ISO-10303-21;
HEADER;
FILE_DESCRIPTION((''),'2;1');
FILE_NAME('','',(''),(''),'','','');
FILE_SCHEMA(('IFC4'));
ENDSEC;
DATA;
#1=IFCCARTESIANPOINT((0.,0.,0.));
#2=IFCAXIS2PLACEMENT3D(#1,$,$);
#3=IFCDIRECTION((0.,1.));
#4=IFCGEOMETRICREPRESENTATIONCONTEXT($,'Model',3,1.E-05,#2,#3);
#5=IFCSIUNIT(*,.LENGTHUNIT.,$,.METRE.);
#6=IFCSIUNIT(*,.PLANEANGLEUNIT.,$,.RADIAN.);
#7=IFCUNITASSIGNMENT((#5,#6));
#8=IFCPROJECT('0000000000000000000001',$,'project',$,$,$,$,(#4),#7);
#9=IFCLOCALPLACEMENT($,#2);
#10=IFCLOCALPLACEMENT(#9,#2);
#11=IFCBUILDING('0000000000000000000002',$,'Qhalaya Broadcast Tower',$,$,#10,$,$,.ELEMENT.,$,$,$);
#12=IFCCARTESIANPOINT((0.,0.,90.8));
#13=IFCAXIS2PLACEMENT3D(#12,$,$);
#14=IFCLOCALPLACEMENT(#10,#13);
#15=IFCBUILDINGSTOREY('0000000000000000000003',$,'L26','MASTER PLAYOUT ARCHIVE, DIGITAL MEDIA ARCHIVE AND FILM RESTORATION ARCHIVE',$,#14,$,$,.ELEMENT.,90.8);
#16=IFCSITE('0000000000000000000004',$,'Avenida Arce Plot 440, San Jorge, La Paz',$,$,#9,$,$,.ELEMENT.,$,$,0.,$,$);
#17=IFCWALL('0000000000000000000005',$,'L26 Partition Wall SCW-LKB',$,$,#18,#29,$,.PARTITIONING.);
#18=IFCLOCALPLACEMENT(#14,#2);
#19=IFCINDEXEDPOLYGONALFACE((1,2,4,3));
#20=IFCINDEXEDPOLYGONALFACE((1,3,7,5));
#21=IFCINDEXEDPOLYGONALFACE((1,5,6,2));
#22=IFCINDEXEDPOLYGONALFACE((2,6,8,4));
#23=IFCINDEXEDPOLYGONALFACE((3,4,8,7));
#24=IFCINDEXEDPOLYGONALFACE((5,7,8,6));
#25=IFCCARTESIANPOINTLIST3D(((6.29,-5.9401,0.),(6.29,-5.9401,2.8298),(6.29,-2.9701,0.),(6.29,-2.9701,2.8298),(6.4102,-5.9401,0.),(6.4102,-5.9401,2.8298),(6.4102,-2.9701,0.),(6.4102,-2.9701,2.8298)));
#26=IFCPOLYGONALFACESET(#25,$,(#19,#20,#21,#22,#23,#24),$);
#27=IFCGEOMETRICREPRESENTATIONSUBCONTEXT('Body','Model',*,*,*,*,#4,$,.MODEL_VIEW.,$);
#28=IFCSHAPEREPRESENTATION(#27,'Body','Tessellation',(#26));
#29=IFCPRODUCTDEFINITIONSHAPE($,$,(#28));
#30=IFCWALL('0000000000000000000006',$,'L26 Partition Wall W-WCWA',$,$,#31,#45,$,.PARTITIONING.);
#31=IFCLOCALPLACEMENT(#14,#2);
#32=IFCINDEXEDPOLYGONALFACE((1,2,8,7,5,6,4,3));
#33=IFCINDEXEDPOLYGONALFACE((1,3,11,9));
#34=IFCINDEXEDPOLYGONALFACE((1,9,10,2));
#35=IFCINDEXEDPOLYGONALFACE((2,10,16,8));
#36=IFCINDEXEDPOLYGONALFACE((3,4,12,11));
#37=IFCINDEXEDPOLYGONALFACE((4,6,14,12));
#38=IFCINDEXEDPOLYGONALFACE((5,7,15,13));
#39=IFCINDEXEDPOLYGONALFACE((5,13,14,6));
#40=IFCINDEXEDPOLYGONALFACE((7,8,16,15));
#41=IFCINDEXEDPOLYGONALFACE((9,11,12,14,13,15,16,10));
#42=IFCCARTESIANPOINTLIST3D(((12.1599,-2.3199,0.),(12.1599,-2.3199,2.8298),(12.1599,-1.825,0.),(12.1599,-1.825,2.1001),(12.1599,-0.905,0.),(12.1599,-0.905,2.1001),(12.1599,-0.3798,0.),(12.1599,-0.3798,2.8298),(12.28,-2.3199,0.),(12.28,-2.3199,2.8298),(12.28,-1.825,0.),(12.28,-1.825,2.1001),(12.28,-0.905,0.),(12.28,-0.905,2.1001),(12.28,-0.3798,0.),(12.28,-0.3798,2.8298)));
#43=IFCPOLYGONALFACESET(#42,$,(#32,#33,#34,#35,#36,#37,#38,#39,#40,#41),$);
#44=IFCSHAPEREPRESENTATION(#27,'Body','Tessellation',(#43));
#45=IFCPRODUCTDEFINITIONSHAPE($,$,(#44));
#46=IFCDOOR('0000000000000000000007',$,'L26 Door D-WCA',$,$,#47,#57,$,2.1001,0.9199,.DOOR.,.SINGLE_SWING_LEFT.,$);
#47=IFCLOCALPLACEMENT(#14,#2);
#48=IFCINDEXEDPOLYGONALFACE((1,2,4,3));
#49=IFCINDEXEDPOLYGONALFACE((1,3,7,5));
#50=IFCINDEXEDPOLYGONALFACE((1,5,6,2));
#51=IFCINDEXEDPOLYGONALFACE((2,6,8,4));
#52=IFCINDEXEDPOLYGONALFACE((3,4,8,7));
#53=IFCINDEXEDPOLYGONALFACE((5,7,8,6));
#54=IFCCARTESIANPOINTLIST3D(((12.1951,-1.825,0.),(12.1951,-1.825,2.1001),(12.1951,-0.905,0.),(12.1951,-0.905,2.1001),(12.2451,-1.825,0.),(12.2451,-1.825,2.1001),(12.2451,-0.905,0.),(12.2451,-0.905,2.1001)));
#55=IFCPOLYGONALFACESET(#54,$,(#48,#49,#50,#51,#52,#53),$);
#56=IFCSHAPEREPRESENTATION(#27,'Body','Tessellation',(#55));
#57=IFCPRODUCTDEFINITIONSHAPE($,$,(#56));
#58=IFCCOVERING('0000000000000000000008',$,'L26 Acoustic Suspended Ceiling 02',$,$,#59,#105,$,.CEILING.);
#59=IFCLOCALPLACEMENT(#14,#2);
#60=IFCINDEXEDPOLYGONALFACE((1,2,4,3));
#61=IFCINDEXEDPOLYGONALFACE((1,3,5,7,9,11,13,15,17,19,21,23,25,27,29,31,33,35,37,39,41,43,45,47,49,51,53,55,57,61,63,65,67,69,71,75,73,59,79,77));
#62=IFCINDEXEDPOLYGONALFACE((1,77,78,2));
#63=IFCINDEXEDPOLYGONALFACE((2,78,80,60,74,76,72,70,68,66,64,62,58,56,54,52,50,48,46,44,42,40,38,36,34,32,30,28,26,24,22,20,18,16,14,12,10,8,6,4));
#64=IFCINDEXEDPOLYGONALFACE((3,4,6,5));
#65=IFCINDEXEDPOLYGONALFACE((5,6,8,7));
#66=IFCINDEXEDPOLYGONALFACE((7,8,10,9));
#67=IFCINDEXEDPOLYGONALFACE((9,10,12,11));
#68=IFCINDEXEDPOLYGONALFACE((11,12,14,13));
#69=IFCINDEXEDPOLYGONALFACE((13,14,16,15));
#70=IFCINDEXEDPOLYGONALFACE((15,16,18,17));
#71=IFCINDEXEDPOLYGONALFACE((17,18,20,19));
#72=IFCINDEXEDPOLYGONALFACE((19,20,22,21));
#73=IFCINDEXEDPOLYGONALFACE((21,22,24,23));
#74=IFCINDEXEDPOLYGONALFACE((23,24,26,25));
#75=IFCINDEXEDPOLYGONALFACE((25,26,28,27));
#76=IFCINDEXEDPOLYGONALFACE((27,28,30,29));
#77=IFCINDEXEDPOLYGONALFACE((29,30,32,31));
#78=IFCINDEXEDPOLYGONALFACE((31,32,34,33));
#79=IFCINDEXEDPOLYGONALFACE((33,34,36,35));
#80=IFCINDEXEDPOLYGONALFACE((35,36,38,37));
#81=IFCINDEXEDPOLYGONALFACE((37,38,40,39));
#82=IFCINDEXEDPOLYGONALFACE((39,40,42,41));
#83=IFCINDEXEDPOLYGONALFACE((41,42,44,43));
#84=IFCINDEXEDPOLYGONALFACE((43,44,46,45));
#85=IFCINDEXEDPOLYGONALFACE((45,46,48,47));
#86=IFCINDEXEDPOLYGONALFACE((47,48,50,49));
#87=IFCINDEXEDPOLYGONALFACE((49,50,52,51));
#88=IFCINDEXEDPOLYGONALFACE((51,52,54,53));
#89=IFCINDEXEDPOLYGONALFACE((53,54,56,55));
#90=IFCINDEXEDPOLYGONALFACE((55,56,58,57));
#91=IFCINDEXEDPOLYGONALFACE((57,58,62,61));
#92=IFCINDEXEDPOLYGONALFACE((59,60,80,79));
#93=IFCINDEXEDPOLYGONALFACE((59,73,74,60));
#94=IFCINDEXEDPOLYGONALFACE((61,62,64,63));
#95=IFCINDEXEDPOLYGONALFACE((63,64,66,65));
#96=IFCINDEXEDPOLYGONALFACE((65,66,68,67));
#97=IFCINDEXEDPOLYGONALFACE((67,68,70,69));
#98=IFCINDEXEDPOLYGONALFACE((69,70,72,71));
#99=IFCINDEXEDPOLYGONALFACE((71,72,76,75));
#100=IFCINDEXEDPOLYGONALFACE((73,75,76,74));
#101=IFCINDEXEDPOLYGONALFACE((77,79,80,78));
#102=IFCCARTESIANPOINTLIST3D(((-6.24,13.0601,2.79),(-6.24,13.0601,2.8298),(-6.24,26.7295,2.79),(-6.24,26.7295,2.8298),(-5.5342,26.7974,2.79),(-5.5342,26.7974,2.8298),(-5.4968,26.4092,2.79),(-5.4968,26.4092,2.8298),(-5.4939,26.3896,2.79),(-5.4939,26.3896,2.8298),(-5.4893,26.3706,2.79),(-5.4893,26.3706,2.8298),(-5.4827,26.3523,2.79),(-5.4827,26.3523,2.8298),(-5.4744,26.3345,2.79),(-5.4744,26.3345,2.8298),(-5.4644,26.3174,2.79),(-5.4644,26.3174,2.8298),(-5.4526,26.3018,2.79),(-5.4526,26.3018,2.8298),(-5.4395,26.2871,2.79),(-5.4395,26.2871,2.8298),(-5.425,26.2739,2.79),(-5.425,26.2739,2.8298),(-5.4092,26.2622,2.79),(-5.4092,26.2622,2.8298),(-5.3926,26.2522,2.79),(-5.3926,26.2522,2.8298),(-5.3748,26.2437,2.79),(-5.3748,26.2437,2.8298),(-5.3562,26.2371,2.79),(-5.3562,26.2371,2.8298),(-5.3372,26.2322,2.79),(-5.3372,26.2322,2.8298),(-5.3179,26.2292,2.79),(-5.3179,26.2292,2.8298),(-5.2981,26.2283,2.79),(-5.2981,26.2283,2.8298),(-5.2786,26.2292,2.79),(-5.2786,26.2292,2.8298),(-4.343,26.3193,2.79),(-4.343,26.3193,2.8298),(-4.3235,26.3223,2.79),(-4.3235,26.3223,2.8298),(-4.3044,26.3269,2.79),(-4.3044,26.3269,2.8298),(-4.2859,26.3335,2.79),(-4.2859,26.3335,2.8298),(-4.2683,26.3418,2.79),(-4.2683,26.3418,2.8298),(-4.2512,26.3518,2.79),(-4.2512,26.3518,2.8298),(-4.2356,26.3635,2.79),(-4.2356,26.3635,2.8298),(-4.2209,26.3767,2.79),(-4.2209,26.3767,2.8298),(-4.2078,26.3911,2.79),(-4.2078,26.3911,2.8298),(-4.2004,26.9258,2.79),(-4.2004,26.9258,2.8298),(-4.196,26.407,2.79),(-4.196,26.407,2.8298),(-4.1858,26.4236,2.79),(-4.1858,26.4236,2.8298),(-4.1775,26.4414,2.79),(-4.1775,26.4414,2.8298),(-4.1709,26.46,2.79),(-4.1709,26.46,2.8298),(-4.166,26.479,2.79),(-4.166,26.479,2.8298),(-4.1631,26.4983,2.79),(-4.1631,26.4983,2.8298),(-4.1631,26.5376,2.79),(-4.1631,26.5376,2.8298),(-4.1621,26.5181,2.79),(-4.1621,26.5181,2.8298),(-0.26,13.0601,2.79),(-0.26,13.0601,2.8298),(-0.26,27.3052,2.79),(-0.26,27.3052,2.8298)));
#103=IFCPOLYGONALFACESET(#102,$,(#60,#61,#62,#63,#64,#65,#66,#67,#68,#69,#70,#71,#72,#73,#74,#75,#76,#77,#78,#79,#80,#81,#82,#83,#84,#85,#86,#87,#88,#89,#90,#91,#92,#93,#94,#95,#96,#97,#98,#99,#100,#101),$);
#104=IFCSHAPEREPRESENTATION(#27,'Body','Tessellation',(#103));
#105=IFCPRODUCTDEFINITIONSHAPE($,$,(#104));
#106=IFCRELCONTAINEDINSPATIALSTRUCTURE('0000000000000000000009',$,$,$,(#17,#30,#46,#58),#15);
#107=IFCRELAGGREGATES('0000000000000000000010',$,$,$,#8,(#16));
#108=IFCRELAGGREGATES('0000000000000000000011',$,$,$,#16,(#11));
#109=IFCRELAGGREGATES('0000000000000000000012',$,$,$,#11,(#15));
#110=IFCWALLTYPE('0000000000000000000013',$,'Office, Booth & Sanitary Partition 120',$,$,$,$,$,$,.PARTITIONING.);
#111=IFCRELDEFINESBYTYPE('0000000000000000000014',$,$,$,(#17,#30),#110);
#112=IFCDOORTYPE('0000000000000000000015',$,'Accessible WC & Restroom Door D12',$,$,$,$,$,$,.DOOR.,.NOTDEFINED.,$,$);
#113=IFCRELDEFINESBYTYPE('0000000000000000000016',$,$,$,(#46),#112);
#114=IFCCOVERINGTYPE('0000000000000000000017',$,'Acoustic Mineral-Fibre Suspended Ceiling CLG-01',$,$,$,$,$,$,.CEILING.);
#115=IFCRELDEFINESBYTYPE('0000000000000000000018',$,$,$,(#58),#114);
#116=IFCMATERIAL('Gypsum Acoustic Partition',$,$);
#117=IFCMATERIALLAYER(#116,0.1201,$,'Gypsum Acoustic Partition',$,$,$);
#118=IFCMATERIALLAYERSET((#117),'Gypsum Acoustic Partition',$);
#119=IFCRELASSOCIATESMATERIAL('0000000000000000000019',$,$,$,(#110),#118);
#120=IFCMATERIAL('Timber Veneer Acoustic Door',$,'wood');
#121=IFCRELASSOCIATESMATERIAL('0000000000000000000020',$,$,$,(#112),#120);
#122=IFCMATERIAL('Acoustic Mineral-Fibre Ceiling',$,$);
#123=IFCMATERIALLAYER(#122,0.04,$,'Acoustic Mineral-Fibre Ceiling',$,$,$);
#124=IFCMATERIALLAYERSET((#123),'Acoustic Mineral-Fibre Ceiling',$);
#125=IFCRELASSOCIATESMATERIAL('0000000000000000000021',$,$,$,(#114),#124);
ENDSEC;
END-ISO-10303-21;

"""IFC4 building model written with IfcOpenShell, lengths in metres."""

from ifc_helpers import new_model, si_unit, direction, frame, frame_2d, origin, place, context, subcontext, project, spatial, polyline, rectangle, outline, extrude, material, layer, layer_set, type_object, element, fill, save


model = new_model("IFC4")

# Units and contexts
model_context = context("Model", 3, precision=1e-05, world=origin(), true_north=direction((0.0, 1.0)))
body_context = subcontext(model_context, "Body", "Model", "MODEL_VIEW")
ifc_project = project(units=[si_unit("LENGTHUNIT", "METRE"), si_unit("PLANEANGLEUNIT", "RADIAN")], contexts=[model_context])

# Site, building, storey
site_placement = place(None, origin())
site = spatial("IfcSite", under=ifc_project, at=site_placement, Name="Avenida Arce Plot 440, San Jorge, La Paz", CompositionType="ELEMENT", RefElevation=0.0)
building_placement = place(site_placement, origin())
building = spatial("IfcBuilding", under=site, at=building_placement, Name="Qhalaya Broadcast Tower", CompositionType="ELEMENT")
storey_placement = place(building_placement, frame((0.0, 0.0, 90.8)))
storey = spatial("IfcBuildingStorey", under=building, at=storey_placement, Name="L26", Description="MASTER PLAYOUT ARCHIVE, DIGITAL MEDIA ARCHIVE AND FILM RESTORATION ARCHIVE", CompositionType="ELEMENT", Elevation=90.8)

# Shared definitions
ifc_material_1 = material(Name="Gypsum Acoustic Partition")
ifc_material_2 = material(Name="Timber Veneer Acoustic Door", Category="wood")

# Wall
ifc_layer_1 = layer(ifc_material_1, 0.1201, Name="Gypsum Acoustic Partition")
ifc_layer_set_1 = layer_set([ifc_layer_1], Name="Gypsum Acoustic Partition")
wall_type_1 = type_object("IfcWallType", Name="Office, Booth & Sanitary Partition 120", PredefinedType="PARTITIONING", material=ifc_layer_set_1)
wall_1_placement = place(storey_placement, frame((6.3501, -5.9399, 0.0), z_axis=(0.0, 0.0, 1.0), x_axis=(0.0, 1.0, 0.0)))
element("IfcWall", 1, at=wall_1_placement, inside=storey, type_object=wall_type_1, Name="L26 Partition Wall SCW-LKB", PredefinedType="PARTITIONING", context=body_context, shape_type="SweptSolid", body=[
    extrude(rectangle(XDim=2.97, YDim=0.1201, at=frame_2d((1.4849, 0.0))), origin(), (0.0, 0.0, 1.0), 2.8298),
])

# Wall, opening, door
wall_2_placement = place(storey_placement, frame((12.22, -2.3201, 0.0), z_axis=(0.0, 0.0, 1.0), x_axis=(0.0, 1.0, 0.0)))
wall_2 = element("IfcWall", 2, at=wall_2_placement, inside=storey, type_object=wall_type_1, Name="L26 Partition Wall W-WCWA", PredefinedType="PARTITIONING", context=body_context, shape_type="SweptSolid", body=[
    extrude(rectangle(XDim=1.9402, YDim=0.1201, at=frame_2d((0.9702, 0.0))), origin(), (0.0, 0.0, 1.0), 2.8298),
])
opening_1_placement = place(wall_2_placement, frame((0.4951, 0.0, 0.0)))
opening_1 = element("IfcOpeningElement", 3, at=opening_1_placement, cuts=wall_2, PredefinedType="OPENING", context=body_context, shape_type="SweptSolid", body=[
    extrude(rectangle(XDim=0.9199, YDim=2.1001, at=frame_2d((0.46, 1.05))), frame((0.0, 0.072, 0.0), z_axis=(0.0, -1.0, 0.0), x_axis=(1.0, 0.0, 0.0)), (0.0, 0.0, 1.0), 0.144),
])
door_type_1 = type_object("IfcDoorType", Name="Accessible WC & Restroom Door D12", OperationType="NOTDEFINED", PredefinedType="DOOR", material=ifc_material_2)
door_1_placement = place(opening_1_placement, origin())
door_1 = element("IfcDoor", 4, at=door_1_placement, inside=storey, type_object=door_type_1, Name="L26 Door D-WCA", OperationType="SINGLE_SWING_LEFT", OverallHeight=2.1001, OverallWidth=0.9199, PredefinedType="DOOR", context=body_context, shape_type="SweptSolid", body=[
    extrude(rectangle(XDim=0.9199, YDim=2.1001, at=frame_2d((0.46, 1.05))), frame((0.0, 0.0249, 0.0), z_axis=(0.0, -1.0, 0.0), x_axis=(1.0, 0.0, 0.0)), (0.0, 0.0, 1.0), 0.05),
])
fill(opening_1, door_1)

# Covering
ifc_material_3 = material(Name="Acoustic Mineral-Fibre Ceiling")
ifc_layer_2 = layer(ifc_material_3, 0.04, Name="Acoustic Mineral-Fibre Ceiling")
ifc_layer_set_2 = layer_set([ifc_layer_2], Name="Acoustic Mineral-Fibre Ceiling")
covering_type = type_object("IfcCoveringType", Name="Acoustic Mineral-Fibre Suspended Ceiling CLG-01", PredefinedType="CEILING", material=ifc_layer_set_2)
covering_placement = place(storey_placement, frame((0.0, 0.0, 2.79)))
element("IfcCovering", 5, at=covering_placement, inside=storey, type_object=covering_type, Name="L26 Acoustic Suspended Ceiling 02", PredefinedType="CEILING", context=body_context, shape_type="SweptSolid", body=[
    extrude(outline(polyline([(-6.24, 26.7295), (-6.24, 13.0601), (-0.26, 13.0601), (-0.26, 27.3052), (-4.2004, 26.9258), (-4.1631, 26.5376), (-4.1621, 26.5181), (-4.1631, 26.4983), (-4.166, 26.479), (-4.1709, 26.46), (-4.1775, 26.4414), (-4.1858, 26.4236), (-4.196, 26.407), (-4.2078, 26.3911), (-4.2209, 26.3767), (-4.2356, 26.3635), (-4.2512, 26.3518), (-4.2683, 26.3418), (-4.2859, 26.3335), (-4.3044, 26.3269), (-4.3235, 26.3223), (-4.343, 26.3193), (-5.2786, 26.2292), (-5.2981, 26.2283), (-5.3179, 26.2292), (-5.3372, 26.2322), (-5.3562, 26.2371), (-5.3748, 26.2437), (-5.3926, 26.2522), (-5.4092, 26.2622), (-5.425, 26.2739), (-5.4395, 26.2871), (-5.4526, 26.3018), (-5.4644, 26.3174), (-5.4744, 26.3345), (-5.4827, 26.3523), (-5.4893, 26.3706), (-5.4939, 26.3896), (-5.4968, 26.4092), (-5.5342, 26.7974), (-6.24, 26.7295)])), origin(), (0.0, 0.0, 1.0), 0.0398),
])

save(model, "model.ifc")
